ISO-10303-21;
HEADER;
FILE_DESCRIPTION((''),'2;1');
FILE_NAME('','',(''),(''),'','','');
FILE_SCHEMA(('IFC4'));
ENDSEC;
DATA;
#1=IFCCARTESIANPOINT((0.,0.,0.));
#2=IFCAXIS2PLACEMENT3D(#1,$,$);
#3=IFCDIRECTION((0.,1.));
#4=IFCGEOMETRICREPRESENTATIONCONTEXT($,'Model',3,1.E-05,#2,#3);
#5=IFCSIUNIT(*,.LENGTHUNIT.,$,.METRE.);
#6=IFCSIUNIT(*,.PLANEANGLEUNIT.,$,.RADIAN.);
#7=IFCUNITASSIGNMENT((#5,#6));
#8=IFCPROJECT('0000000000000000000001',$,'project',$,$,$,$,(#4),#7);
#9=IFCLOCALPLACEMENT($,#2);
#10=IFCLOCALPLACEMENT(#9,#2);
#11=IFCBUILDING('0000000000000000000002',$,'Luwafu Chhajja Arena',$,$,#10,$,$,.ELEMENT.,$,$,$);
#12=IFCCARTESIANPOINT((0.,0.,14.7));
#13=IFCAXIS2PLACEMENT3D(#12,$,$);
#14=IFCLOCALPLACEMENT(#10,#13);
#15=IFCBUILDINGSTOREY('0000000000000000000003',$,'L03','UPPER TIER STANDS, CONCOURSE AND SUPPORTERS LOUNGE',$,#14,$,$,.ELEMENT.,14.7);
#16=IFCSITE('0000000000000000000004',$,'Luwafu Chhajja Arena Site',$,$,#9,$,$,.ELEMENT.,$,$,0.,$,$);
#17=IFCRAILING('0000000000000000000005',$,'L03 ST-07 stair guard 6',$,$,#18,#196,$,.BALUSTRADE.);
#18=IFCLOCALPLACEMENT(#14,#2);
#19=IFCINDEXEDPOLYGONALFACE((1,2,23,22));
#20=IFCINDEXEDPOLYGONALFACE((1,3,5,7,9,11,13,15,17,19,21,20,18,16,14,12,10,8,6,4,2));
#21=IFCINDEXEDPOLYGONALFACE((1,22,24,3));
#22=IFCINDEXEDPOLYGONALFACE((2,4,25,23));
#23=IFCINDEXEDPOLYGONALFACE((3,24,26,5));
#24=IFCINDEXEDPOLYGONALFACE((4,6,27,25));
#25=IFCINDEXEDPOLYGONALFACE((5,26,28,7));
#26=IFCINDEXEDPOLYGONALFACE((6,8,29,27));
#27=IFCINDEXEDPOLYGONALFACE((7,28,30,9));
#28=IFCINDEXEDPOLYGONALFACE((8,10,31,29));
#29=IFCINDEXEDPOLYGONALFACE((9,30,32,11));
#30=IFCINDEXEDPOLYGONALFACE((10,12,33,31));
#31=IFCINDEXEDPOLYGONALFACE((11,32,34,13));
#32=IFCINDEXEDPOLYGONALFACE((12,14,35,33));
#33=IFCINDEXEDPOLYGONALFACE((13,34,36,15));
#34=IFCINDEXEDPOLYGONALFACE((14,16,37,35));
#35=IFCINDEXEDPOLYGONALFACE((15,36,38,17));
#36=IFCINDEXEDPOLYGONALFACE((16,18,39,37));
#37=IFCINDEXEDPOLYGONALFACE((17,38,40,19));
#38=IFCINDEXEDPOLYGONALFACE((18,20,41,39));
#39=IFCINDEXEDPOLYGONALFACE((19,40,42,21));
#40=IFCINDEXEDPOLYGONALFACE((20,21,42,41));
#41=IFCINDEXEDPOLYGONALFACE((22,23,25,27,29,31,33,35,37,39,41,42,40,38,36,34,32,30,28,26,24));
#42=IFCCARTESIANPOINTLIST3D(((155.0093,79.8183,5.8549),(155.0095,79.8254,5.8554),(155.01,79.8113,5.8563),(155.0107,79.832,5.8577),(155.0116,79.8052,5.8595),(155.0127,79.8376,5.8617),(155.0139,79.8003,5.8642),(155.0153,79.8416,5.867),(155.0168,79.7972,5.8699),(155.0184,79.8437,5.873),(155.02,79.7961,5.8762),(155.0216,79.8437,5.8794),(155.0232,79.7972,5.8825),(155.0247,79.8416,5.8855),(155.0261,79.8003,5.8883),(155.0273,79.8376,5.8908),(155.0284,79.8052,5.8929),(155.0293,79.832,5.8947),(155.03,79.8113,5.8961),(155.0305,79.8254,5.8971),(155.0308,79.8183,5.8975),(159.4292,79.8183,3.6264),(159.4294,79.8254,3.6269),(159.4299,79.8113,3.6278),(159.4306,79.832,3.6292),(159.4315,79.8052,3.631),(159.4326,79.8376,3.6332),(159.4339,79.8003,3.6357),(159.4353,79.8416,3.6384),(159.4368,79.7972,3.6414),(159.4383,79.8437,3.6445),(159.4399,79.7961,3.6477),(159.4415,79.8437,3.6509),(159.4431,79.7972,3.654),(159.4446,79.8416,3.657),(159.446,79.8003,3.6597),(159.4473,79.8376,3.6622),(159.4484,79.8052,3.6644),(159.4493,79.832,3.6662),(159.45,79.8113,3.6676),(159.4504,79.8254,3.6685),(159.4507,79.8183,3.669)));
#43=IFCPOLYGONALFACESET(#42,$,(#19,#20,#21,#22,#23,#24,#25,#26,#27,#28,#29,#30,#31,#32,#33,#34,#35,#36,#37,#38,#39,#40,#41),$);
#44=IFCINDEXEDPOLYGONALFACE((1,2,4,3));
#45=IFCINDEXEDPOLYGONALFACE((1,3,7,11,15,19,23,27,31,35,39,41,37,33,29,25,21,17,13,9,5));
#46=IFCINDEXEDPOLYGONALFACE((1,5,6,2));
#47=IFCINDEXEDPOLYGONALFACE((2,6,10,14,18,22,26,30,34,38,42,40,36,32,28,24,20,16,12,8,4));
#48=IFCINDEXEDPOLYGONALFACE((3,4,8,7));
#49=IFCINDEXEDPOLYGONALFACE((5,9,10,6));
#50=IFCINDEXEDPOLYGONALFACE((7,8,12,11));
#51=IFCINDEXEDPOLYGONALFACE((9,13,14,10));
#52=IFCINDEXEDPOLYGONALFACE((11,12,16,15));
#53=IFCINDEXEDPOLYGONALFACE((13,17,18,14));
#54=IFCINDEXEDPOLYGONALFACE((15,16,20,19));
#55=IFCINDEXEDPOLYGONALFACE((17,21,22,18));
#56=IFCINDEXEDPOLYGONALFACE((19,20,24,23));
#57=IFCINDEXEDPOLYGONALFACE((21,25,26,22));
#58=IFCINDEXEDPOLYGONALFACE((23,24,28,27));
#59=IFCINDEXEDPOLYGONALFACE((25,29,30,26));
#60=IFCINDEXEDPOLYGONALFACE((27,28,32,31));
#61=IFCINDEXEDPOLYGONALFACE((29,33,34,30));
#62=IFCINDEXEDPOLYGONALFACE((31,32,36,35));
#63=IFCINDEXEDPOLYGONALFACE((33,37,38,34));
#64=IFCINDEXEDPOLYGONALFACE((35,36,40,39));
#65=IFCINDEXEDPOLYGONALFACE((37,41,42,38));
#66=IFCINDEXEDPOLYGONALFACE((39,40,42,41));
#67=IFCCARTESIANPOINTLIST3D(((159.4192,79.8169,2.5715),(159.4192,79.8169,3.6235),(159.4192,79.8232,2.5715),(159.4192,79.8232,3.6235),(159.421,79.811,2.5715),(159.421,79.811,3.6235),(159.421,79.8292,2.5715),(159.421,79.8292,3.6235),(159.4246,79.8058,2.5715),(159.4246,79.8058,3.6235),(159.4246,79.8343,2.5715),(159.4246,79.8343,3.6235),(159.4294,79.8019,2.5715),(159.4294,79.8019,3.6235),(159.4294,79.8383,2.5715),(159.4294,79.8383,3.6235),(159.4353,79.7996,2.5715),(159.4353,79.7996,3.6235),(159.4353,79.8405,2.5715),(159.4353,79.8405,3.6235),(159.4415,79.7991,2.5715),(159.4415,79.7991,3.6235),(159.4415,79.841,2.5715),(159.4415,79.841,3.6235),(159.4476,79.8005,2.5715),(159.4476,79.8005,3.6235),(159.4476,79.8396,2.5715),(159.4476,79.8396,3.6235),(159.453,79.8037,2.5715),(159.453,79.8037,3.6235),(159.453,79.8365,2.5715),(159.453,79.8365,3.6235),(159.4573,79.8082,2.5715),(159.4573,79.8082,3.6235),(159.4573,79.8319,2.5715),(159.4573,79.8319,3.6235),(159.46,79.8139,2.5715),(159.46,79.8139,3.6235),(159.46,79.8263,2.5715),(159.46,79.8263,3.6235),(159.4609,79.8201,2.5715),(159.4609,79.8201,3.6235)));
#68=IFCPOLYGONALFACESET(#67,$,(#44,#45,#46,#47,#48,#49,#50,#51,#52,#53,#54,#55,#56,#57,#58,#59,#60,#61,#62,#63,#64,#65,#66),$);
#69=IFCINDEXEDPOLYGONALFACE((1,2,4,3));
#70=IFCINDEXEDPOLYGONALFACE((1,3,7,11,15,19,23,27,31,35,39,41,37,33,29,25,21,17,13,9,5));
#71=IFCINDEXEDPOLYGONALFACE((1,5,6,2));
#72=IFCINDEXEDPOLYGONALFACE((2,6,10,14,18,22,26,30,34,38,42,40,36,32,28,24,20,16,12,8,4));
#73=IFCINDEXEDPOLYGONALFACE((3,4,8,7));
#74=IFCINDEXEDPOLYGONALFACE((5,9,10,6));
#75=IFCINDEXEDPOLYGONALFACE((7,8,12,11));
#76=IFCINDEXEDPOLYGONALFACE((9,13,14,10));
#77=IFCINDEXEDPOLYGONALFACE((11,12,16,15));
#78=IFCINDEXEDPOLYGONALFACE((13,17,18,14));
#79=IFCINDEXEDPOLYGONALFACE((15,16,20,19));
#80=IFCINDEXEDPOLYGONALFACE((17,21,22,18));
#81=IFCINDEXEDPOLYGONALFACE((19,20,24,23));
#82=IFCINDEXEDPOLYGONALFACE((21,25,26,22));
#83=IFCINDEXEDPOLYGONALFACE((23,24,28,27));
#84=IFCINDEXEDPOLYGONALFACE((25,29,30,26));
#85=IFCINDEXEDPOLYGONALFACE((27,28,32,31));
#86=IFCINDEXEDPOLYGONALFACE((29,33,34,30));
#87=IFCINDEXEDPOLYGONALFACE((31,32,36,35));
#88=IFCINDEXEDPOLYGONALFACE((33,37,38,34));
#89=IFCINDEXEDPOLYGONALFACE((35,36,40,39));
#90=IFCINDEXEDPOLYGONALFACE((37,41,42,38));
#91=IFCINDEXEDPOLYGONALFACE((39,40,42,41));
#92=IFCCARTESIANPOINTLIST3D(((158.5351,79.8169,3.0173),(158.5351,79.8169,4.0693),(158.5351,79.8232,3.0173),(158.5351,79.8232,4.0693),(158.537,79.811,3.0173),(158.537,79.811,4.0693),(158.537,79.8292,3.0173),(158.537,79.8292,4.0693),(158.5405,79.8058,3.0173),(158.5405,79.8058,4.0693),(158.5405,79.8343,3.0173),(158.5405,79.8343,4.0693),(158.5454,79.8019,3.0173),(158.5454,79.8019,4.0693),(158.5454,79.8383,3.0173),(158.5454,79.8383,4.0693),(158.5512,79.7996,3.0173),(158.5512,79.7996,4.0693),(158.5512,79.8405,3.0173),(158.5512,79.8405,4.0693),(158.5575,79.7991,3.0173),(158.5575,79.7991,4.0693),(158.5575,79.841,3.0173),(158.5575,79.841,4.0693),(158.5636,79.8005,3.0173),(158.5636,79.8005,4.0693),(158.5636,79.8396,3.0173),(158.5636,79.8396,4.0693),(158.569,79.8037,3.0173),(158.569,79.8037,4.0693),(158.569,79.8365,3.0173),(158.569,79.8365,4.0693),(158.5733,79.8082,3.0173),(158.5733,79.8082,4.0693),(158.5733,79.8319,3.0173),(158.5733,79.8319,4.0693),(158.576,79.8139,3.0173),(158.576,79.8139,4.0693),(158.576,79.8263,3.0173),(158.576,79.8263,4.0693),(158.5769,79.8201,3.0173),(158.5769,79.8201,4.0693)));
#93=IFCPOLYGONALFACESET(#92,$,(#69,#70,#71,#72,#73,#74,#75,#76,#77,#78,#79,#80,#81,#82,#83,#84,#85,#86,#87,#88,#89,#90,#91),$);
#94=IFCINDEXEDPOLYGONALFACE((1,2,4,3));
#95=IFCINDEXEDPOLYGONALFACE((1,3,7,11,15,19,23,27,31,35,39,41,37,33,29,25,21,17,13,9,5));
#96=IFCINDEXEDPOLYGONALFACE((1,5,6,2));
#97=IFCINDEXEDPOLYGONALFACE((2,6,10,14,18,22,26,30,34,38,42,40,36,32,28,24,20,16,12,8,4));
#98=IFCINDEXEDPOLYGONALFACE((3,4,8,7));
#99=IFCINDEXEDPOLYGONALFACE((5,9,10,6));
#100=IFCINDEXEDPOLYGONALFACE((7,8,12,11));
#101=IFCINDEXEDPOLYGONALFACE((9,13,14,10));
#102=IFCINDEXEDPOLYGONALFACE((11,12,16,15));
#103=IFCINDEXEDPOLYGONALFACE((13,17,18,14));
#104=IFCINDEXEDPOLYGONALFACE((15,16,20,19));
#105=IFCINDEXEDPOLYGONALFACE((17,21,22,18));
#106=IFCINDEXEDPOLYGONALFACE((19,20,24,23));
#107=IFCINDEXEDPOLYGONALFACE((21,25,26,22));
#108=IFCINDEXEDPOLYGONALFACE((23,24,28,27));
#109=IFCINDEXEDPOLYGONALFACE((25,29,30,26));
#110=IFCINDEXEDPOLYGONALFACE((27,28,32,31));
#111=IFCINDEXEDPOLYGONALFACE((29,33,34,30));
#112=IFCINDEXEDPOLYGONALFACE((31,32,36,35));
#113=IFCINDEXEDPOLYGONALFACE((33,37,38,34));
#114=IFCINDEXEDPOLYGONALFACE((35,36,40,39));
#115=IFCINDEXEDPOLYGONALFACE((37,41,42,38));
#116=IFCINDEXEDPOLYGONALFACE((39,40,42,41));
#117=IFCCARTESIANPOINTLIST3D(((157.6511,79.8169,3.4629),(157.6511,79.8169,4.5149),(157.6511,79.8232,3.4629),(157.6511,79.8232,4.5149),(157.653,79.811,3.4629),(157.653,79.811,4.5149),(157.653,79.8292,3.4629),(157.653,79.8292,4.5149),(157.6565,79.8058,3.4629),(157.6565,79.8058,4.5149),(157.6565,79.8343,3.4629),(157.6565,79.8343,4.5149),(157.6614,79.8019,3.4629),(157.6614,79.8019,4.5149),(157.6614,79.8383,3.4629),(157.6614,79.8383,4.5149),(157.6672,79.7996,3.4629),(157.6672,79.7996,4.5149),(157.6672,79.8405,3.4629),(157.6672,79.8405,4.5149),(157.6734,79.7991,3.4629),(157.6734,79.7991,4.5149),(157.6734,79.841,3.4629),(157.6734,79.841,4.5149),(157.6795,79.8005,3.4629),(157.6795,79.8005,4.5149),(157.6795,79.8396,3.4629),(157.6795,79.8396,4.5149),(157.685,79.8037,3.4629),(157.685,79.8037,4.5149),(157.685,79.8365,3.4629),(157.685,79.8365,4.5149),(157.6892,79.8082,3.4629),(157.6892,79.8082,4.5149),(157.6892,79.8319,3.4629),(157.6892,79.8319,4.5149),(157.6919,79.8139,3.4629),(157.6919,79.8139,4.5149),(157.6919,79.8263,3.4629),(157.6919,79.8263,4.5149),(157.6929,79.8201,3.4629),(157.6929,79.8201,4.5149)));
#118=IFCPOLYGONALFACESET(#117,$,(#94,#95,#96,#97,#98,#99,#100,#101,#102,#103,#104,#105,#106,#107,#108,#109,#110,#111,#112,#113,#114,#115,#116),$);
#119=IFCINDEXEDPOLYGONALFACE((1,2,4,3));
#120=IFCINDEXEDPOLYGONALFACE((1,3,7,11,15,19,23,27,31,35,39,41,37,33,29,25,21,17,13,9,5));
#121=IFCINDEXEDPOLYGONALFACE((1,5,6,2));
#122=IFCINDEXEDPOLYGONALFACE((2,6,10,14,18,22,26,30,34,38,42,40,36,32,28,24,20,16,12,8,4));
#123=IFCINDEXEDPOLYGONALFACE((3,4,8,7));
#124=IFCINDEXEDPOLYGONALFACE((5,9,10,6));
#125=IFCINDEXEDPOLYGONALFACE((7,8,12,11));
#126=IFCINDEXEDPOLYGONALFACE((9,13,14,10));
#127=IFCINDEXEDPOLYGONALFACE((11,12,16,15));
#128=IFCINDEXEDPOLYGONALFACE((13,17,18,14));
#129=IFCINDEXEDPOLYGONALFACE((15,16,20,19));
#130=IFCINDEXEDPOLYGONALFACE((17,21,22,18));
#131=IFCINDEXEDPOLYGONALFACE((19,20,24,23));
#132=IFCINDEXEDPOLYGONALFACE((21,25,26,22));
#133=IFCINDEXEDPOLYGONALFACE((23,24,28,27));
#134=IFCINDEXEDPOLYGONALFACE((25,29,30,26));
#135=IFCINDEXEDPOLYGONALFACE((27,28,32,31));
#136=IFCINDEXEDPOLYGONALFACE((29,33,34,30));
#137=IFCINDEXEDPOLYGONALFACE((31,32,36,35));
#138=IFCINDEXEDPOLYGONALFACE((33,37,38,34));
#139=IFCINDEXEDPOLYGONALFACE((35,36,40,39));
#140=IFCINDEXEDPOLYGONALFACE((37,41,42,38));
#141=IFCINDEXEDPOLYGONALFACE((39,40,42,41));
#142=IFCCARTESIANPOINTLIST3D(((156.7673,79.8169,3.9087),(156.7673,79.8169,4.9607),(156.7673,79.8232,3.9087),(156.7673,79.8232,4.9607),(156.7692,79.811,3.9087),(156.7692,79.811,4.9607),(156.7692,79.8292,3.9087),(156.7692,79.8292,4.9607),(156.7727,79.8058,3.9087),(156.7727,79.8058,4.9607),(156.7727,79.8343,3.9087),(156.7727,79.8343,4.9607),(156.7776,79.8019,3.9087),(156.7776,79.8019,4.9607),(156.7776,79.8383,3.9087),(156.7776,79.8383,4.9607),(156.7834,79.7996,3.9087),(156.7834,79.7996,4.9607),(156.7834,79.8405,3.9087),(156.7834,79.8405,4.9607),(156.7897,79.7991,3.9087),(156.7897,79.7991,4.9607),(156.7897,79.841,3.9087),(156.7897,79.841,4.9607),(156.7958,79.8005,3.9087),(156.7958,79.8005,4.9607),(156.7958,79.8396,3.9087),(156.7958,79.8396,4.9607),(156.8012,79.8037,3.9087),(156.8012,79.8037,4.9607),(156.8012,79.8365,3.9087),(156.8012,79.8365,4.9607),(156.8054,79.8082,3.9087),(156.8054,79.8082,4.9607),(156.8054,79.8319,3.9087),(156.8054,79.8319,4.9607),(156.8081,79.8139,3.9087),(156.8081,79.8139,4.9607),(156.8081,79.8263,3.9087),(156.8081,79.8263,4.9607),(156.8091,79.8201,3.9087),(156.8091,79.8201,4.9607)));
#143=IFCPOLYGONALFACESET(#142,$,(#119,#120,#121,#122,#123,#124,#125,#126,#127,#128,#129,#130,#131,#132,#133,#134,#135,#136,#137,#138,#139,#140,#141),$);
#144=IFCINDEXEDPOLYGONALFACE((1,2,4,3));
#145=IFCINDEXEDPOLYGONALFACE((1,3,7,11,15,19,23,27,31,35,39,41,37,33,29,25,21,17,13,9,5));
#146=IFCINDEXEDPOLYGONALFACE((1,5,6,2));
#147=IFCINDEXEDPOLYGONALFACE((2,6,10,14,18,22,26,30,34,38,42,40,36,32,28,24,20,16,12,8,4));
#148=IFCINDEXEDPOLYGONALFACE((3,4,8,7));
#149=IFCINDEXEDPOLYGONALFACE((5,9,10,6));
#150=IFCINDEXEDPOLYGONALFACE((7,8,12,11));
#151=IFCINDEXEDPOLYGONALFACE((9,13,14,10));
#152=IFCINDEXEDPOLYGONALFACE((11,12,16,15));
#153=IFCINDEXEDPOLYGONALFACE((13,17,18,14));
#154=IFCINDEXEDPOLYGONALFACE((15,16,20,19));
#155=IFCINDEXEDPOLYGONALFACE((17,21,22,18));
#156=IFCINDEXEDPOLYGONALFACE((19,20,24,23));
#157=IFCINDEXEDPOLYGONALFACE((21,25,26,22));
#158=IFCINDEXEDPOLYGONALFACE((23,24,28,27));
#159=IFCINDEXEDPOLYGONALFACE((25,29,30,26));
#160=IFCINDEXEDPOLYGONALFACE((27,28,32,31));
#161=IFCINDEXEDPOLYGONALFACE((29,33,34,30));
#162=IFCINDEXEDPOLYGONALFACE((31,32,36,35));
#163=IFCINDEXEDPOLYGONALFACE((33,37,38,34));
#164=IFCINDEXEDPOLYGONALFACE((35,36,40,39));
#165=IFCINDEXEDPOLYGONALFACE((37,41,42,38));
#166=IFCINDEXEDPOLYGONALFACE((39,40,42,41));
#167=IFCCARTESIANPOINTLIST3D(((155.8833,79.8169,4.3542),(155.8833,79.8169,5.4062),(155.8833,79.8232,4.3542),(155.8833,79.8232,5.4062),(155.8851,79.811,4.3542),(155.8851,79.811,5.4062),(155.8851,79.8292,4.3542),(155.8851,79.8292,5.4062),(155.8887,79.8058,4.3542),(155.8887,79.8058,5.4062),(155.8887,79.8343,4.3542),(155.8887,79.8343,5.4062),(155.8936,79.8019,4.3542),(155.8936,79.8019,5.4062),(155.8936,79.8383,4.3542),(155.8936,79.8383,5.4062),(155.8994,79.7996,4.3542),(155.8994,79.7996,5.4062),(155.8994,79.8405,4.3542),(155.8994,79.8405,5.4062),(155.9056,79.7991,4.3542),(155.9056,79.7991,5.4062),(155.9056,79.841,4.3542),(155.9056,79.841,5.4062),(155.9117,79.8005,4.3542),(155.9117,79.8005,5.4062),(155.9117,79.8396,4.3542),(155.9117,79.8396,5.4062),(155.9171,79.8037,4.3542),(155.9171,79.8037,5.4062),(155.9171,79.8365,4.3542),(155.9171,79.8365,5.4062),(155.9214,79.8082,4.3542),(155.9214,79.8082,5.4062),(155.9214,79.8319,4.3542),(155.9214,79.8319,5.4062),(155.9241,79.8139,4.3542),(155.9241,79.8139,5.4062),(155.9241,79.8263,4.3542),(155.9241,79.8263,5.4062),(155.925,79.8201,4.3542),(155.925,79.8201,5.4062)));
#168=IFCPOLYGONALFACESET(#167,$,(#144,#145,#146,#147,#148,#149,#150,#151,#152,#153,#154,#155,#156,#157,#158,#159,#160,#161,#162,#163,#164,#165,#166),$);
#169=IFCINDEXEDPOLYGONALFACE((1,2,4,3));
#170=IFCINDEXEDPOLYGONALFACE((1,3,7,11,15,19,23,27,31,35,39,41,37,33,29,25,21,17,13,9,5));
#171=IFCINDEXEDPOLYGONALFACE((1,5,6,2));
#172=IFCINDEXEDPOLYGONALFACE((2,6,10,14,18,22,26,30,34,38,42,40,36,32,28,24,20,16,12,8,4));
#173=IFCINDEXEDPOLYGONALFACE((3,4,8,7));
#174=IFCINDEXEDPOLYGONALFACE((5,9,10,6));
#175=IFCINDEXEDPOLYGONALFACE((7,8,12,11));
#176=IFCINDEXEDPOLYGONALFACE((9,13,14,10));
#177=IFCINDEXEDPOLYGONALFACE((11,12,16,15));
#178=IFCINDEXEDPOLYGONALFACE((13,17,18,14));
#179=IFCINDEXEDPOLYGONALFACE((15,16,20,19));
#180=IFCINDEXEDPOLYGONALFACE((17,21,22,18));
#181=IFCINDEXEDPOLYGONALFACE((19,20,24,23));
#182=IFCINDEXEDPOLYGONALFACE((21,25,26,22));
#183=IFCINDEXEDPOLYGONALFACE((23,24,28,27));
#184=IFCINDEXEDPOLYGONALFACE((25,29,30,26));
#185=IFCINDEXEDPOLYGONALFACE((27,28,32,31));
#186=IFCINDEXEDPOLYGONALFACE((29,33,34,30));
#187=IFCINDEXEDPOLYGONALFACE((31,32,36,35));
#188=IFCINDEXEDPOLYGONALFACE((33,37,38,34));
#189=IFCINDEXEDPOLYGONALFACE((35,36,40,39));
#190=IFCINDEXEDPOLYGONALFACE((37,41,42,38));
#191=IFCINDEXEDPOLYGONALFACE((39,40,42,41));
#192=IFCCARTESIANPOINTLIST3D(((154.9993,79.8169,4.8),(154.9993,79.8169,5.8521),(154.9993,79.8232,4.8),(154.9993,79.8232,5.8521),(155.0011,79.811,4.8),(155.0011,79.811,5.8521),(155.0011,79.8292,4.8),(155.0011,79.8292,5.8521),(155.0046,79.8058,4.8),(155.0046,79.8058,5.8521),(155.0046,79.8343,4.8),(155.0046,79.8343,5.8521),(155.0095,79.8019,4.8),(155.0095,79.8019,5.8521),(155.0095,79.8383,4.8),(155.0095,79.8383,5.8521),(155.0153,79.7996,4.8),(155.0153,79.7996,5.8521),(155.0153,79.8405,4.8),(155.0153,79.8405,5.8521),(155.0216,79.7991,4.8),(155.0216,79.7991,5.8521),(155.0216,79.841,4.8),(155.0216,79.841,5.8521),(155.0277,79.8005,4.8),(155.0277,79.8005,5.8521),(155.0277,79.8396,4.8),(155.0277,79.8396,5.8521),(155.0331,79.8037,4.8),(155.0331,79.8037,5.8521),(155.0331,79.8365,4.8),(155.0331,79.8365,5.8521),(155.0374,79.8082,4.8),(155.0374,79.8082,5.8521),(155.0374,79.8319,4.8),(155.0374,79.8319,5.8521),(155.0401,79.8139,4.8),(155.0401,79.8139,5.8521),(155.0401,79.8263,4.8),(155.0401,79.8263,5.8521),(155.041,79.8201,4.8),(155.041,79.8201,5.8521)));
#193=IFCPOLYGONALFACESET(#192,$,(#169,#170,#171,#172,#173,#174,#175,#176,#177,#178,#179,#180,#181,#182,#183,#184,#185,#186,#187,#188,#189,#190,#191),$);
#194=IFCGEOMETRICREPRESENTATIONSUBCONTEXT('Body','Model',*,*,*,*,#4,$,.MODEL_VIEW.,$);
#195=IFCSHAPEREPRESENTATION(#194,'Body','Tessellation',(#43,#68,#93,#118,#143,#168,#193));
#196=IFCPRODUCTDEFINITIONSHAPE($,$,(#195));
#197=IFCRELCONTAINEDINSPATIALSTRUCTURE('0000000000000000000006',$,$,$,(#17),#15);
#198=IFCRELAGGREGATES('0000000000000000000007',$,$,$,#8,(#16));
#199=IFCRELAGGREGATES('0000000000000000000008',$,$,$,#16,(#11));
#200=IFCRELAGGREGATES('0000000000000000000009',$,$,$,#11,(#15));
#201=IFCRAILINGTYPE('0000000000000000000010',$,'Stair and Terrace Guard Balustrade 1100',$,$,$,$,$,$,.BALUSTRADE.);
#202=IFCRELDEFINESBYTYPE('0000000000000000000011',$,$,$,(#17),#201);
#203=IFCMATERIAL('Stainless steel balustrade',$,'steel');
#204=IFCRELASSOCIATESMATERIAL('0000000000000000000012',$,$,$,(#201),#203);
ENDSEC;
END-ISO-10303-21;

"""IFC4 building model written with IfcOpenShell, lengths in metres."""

from ifc_helpers import new_model, si_unit, direction, frame, origin, origin_2d, place, context, subcontext, project, spatial, circle, extrude, material, type_object, element, save


model = new_model("IFC4")

# Units and contexts
model_context = context("Model", 3, precision=1e-05, world=origin(), true_north=direction((0.0, 1.0)))
body_context = subcontext(model_context, "Body", "Model", "MODEL_VIEW")
ifc_project = project(units=[si_unit("LENGTHUNIT", "METRE"), si_unit("PLANEANGLEUNIT", "RADIAN")], contexts=[model_context])

# Site, building, storey
site_placement = place(None, origin())
site = spatial("IfcSite", under=ifc_project, at=site_placement, Name="Luwafu Chhajja Arena Site", CompositionType="ELEMENT", RefElevation=0.0)
building_placement = place(site_placement, origin())
building = spatial("IfcBuilding", under=site, at=building_placement, Name="Luwafu Chhajja Arena", CompositionType="ELEMENT")
storey_placement = place(building_placement, frame((0.0, 0.0, 14.7)))
storey = spatial("IfcBuildingStorey", under=building, at=storey_placement, Name="L03", Description="UPPER TIER STANDS, CONCOURSE AND SUPPORTERS LOUNGE", CompositionType="ELEMENT", Elevation=14.7)

# Railing
ifc_material_1 = material(Name="Stainless steel balustrade", Category="steel")
railing_type_1 = type_object("IfcRailingType", Name="Stair and Terrace Guard Balustrade 1100", PredefinedType="BALUSTRADE", material=ifc_material_1)
railing_1_placement = place(storey_placement, frame((159.4399, 79.8201, 2.5715)))
element("IfcRailing", 1, at=railing_1_placement, inside=storey, type_object=railing_type_1, Name="L03 ST-07 stair guard 6", PredefinedType="BALUSTRADE", context=body_context, shape_type="SweptSolid", body=[
    extrude(circle(Radius=0.0239, at=origin_2d()), frame((0.0, 0.0, 1.0762), z_axis=(-0.892923, 0.0, 0.45021), x_axis=(0.0, -1.0, 0.0)), (0.0, 0.0, 1.0), 4.95),
    extrude(circle(Radius=0.021, at=origin_2d()), origin(), (0.0, 0.0, 1.0), 1.052),
    extrude(circle(Radius=0.021, at=origin_2d()), frame((-0.884, 0.0, 0.4458)), (0.0, 0.0, 1.0), 1.052),
    extrude(circle(Radius=0.021, at=origin_2d()), frame((-1.7681, 0.0, 0.8914)), (0.0, 0.0, 1.0), 1.052),
    extrude(circle(Radius=0.021, at=origin_2d()), frame((-2.6519, 0.0, 1.3372)), (0.0, 0.0, 1.0), 1.052),
    extrude(circle(Radius=0.021, at=origin_2d()), frame((-3.5359, 0.0, 1.7827)), (0.0, 0.0, 1.0), 1.052),
    extrude(circle(Radius=0.021, at=origin_2d()), frame((-4.4199, 0.0, 2.2285)), (0.0, 0.0, 1.0), 1.052),
])

save(model, "model.ifc")
